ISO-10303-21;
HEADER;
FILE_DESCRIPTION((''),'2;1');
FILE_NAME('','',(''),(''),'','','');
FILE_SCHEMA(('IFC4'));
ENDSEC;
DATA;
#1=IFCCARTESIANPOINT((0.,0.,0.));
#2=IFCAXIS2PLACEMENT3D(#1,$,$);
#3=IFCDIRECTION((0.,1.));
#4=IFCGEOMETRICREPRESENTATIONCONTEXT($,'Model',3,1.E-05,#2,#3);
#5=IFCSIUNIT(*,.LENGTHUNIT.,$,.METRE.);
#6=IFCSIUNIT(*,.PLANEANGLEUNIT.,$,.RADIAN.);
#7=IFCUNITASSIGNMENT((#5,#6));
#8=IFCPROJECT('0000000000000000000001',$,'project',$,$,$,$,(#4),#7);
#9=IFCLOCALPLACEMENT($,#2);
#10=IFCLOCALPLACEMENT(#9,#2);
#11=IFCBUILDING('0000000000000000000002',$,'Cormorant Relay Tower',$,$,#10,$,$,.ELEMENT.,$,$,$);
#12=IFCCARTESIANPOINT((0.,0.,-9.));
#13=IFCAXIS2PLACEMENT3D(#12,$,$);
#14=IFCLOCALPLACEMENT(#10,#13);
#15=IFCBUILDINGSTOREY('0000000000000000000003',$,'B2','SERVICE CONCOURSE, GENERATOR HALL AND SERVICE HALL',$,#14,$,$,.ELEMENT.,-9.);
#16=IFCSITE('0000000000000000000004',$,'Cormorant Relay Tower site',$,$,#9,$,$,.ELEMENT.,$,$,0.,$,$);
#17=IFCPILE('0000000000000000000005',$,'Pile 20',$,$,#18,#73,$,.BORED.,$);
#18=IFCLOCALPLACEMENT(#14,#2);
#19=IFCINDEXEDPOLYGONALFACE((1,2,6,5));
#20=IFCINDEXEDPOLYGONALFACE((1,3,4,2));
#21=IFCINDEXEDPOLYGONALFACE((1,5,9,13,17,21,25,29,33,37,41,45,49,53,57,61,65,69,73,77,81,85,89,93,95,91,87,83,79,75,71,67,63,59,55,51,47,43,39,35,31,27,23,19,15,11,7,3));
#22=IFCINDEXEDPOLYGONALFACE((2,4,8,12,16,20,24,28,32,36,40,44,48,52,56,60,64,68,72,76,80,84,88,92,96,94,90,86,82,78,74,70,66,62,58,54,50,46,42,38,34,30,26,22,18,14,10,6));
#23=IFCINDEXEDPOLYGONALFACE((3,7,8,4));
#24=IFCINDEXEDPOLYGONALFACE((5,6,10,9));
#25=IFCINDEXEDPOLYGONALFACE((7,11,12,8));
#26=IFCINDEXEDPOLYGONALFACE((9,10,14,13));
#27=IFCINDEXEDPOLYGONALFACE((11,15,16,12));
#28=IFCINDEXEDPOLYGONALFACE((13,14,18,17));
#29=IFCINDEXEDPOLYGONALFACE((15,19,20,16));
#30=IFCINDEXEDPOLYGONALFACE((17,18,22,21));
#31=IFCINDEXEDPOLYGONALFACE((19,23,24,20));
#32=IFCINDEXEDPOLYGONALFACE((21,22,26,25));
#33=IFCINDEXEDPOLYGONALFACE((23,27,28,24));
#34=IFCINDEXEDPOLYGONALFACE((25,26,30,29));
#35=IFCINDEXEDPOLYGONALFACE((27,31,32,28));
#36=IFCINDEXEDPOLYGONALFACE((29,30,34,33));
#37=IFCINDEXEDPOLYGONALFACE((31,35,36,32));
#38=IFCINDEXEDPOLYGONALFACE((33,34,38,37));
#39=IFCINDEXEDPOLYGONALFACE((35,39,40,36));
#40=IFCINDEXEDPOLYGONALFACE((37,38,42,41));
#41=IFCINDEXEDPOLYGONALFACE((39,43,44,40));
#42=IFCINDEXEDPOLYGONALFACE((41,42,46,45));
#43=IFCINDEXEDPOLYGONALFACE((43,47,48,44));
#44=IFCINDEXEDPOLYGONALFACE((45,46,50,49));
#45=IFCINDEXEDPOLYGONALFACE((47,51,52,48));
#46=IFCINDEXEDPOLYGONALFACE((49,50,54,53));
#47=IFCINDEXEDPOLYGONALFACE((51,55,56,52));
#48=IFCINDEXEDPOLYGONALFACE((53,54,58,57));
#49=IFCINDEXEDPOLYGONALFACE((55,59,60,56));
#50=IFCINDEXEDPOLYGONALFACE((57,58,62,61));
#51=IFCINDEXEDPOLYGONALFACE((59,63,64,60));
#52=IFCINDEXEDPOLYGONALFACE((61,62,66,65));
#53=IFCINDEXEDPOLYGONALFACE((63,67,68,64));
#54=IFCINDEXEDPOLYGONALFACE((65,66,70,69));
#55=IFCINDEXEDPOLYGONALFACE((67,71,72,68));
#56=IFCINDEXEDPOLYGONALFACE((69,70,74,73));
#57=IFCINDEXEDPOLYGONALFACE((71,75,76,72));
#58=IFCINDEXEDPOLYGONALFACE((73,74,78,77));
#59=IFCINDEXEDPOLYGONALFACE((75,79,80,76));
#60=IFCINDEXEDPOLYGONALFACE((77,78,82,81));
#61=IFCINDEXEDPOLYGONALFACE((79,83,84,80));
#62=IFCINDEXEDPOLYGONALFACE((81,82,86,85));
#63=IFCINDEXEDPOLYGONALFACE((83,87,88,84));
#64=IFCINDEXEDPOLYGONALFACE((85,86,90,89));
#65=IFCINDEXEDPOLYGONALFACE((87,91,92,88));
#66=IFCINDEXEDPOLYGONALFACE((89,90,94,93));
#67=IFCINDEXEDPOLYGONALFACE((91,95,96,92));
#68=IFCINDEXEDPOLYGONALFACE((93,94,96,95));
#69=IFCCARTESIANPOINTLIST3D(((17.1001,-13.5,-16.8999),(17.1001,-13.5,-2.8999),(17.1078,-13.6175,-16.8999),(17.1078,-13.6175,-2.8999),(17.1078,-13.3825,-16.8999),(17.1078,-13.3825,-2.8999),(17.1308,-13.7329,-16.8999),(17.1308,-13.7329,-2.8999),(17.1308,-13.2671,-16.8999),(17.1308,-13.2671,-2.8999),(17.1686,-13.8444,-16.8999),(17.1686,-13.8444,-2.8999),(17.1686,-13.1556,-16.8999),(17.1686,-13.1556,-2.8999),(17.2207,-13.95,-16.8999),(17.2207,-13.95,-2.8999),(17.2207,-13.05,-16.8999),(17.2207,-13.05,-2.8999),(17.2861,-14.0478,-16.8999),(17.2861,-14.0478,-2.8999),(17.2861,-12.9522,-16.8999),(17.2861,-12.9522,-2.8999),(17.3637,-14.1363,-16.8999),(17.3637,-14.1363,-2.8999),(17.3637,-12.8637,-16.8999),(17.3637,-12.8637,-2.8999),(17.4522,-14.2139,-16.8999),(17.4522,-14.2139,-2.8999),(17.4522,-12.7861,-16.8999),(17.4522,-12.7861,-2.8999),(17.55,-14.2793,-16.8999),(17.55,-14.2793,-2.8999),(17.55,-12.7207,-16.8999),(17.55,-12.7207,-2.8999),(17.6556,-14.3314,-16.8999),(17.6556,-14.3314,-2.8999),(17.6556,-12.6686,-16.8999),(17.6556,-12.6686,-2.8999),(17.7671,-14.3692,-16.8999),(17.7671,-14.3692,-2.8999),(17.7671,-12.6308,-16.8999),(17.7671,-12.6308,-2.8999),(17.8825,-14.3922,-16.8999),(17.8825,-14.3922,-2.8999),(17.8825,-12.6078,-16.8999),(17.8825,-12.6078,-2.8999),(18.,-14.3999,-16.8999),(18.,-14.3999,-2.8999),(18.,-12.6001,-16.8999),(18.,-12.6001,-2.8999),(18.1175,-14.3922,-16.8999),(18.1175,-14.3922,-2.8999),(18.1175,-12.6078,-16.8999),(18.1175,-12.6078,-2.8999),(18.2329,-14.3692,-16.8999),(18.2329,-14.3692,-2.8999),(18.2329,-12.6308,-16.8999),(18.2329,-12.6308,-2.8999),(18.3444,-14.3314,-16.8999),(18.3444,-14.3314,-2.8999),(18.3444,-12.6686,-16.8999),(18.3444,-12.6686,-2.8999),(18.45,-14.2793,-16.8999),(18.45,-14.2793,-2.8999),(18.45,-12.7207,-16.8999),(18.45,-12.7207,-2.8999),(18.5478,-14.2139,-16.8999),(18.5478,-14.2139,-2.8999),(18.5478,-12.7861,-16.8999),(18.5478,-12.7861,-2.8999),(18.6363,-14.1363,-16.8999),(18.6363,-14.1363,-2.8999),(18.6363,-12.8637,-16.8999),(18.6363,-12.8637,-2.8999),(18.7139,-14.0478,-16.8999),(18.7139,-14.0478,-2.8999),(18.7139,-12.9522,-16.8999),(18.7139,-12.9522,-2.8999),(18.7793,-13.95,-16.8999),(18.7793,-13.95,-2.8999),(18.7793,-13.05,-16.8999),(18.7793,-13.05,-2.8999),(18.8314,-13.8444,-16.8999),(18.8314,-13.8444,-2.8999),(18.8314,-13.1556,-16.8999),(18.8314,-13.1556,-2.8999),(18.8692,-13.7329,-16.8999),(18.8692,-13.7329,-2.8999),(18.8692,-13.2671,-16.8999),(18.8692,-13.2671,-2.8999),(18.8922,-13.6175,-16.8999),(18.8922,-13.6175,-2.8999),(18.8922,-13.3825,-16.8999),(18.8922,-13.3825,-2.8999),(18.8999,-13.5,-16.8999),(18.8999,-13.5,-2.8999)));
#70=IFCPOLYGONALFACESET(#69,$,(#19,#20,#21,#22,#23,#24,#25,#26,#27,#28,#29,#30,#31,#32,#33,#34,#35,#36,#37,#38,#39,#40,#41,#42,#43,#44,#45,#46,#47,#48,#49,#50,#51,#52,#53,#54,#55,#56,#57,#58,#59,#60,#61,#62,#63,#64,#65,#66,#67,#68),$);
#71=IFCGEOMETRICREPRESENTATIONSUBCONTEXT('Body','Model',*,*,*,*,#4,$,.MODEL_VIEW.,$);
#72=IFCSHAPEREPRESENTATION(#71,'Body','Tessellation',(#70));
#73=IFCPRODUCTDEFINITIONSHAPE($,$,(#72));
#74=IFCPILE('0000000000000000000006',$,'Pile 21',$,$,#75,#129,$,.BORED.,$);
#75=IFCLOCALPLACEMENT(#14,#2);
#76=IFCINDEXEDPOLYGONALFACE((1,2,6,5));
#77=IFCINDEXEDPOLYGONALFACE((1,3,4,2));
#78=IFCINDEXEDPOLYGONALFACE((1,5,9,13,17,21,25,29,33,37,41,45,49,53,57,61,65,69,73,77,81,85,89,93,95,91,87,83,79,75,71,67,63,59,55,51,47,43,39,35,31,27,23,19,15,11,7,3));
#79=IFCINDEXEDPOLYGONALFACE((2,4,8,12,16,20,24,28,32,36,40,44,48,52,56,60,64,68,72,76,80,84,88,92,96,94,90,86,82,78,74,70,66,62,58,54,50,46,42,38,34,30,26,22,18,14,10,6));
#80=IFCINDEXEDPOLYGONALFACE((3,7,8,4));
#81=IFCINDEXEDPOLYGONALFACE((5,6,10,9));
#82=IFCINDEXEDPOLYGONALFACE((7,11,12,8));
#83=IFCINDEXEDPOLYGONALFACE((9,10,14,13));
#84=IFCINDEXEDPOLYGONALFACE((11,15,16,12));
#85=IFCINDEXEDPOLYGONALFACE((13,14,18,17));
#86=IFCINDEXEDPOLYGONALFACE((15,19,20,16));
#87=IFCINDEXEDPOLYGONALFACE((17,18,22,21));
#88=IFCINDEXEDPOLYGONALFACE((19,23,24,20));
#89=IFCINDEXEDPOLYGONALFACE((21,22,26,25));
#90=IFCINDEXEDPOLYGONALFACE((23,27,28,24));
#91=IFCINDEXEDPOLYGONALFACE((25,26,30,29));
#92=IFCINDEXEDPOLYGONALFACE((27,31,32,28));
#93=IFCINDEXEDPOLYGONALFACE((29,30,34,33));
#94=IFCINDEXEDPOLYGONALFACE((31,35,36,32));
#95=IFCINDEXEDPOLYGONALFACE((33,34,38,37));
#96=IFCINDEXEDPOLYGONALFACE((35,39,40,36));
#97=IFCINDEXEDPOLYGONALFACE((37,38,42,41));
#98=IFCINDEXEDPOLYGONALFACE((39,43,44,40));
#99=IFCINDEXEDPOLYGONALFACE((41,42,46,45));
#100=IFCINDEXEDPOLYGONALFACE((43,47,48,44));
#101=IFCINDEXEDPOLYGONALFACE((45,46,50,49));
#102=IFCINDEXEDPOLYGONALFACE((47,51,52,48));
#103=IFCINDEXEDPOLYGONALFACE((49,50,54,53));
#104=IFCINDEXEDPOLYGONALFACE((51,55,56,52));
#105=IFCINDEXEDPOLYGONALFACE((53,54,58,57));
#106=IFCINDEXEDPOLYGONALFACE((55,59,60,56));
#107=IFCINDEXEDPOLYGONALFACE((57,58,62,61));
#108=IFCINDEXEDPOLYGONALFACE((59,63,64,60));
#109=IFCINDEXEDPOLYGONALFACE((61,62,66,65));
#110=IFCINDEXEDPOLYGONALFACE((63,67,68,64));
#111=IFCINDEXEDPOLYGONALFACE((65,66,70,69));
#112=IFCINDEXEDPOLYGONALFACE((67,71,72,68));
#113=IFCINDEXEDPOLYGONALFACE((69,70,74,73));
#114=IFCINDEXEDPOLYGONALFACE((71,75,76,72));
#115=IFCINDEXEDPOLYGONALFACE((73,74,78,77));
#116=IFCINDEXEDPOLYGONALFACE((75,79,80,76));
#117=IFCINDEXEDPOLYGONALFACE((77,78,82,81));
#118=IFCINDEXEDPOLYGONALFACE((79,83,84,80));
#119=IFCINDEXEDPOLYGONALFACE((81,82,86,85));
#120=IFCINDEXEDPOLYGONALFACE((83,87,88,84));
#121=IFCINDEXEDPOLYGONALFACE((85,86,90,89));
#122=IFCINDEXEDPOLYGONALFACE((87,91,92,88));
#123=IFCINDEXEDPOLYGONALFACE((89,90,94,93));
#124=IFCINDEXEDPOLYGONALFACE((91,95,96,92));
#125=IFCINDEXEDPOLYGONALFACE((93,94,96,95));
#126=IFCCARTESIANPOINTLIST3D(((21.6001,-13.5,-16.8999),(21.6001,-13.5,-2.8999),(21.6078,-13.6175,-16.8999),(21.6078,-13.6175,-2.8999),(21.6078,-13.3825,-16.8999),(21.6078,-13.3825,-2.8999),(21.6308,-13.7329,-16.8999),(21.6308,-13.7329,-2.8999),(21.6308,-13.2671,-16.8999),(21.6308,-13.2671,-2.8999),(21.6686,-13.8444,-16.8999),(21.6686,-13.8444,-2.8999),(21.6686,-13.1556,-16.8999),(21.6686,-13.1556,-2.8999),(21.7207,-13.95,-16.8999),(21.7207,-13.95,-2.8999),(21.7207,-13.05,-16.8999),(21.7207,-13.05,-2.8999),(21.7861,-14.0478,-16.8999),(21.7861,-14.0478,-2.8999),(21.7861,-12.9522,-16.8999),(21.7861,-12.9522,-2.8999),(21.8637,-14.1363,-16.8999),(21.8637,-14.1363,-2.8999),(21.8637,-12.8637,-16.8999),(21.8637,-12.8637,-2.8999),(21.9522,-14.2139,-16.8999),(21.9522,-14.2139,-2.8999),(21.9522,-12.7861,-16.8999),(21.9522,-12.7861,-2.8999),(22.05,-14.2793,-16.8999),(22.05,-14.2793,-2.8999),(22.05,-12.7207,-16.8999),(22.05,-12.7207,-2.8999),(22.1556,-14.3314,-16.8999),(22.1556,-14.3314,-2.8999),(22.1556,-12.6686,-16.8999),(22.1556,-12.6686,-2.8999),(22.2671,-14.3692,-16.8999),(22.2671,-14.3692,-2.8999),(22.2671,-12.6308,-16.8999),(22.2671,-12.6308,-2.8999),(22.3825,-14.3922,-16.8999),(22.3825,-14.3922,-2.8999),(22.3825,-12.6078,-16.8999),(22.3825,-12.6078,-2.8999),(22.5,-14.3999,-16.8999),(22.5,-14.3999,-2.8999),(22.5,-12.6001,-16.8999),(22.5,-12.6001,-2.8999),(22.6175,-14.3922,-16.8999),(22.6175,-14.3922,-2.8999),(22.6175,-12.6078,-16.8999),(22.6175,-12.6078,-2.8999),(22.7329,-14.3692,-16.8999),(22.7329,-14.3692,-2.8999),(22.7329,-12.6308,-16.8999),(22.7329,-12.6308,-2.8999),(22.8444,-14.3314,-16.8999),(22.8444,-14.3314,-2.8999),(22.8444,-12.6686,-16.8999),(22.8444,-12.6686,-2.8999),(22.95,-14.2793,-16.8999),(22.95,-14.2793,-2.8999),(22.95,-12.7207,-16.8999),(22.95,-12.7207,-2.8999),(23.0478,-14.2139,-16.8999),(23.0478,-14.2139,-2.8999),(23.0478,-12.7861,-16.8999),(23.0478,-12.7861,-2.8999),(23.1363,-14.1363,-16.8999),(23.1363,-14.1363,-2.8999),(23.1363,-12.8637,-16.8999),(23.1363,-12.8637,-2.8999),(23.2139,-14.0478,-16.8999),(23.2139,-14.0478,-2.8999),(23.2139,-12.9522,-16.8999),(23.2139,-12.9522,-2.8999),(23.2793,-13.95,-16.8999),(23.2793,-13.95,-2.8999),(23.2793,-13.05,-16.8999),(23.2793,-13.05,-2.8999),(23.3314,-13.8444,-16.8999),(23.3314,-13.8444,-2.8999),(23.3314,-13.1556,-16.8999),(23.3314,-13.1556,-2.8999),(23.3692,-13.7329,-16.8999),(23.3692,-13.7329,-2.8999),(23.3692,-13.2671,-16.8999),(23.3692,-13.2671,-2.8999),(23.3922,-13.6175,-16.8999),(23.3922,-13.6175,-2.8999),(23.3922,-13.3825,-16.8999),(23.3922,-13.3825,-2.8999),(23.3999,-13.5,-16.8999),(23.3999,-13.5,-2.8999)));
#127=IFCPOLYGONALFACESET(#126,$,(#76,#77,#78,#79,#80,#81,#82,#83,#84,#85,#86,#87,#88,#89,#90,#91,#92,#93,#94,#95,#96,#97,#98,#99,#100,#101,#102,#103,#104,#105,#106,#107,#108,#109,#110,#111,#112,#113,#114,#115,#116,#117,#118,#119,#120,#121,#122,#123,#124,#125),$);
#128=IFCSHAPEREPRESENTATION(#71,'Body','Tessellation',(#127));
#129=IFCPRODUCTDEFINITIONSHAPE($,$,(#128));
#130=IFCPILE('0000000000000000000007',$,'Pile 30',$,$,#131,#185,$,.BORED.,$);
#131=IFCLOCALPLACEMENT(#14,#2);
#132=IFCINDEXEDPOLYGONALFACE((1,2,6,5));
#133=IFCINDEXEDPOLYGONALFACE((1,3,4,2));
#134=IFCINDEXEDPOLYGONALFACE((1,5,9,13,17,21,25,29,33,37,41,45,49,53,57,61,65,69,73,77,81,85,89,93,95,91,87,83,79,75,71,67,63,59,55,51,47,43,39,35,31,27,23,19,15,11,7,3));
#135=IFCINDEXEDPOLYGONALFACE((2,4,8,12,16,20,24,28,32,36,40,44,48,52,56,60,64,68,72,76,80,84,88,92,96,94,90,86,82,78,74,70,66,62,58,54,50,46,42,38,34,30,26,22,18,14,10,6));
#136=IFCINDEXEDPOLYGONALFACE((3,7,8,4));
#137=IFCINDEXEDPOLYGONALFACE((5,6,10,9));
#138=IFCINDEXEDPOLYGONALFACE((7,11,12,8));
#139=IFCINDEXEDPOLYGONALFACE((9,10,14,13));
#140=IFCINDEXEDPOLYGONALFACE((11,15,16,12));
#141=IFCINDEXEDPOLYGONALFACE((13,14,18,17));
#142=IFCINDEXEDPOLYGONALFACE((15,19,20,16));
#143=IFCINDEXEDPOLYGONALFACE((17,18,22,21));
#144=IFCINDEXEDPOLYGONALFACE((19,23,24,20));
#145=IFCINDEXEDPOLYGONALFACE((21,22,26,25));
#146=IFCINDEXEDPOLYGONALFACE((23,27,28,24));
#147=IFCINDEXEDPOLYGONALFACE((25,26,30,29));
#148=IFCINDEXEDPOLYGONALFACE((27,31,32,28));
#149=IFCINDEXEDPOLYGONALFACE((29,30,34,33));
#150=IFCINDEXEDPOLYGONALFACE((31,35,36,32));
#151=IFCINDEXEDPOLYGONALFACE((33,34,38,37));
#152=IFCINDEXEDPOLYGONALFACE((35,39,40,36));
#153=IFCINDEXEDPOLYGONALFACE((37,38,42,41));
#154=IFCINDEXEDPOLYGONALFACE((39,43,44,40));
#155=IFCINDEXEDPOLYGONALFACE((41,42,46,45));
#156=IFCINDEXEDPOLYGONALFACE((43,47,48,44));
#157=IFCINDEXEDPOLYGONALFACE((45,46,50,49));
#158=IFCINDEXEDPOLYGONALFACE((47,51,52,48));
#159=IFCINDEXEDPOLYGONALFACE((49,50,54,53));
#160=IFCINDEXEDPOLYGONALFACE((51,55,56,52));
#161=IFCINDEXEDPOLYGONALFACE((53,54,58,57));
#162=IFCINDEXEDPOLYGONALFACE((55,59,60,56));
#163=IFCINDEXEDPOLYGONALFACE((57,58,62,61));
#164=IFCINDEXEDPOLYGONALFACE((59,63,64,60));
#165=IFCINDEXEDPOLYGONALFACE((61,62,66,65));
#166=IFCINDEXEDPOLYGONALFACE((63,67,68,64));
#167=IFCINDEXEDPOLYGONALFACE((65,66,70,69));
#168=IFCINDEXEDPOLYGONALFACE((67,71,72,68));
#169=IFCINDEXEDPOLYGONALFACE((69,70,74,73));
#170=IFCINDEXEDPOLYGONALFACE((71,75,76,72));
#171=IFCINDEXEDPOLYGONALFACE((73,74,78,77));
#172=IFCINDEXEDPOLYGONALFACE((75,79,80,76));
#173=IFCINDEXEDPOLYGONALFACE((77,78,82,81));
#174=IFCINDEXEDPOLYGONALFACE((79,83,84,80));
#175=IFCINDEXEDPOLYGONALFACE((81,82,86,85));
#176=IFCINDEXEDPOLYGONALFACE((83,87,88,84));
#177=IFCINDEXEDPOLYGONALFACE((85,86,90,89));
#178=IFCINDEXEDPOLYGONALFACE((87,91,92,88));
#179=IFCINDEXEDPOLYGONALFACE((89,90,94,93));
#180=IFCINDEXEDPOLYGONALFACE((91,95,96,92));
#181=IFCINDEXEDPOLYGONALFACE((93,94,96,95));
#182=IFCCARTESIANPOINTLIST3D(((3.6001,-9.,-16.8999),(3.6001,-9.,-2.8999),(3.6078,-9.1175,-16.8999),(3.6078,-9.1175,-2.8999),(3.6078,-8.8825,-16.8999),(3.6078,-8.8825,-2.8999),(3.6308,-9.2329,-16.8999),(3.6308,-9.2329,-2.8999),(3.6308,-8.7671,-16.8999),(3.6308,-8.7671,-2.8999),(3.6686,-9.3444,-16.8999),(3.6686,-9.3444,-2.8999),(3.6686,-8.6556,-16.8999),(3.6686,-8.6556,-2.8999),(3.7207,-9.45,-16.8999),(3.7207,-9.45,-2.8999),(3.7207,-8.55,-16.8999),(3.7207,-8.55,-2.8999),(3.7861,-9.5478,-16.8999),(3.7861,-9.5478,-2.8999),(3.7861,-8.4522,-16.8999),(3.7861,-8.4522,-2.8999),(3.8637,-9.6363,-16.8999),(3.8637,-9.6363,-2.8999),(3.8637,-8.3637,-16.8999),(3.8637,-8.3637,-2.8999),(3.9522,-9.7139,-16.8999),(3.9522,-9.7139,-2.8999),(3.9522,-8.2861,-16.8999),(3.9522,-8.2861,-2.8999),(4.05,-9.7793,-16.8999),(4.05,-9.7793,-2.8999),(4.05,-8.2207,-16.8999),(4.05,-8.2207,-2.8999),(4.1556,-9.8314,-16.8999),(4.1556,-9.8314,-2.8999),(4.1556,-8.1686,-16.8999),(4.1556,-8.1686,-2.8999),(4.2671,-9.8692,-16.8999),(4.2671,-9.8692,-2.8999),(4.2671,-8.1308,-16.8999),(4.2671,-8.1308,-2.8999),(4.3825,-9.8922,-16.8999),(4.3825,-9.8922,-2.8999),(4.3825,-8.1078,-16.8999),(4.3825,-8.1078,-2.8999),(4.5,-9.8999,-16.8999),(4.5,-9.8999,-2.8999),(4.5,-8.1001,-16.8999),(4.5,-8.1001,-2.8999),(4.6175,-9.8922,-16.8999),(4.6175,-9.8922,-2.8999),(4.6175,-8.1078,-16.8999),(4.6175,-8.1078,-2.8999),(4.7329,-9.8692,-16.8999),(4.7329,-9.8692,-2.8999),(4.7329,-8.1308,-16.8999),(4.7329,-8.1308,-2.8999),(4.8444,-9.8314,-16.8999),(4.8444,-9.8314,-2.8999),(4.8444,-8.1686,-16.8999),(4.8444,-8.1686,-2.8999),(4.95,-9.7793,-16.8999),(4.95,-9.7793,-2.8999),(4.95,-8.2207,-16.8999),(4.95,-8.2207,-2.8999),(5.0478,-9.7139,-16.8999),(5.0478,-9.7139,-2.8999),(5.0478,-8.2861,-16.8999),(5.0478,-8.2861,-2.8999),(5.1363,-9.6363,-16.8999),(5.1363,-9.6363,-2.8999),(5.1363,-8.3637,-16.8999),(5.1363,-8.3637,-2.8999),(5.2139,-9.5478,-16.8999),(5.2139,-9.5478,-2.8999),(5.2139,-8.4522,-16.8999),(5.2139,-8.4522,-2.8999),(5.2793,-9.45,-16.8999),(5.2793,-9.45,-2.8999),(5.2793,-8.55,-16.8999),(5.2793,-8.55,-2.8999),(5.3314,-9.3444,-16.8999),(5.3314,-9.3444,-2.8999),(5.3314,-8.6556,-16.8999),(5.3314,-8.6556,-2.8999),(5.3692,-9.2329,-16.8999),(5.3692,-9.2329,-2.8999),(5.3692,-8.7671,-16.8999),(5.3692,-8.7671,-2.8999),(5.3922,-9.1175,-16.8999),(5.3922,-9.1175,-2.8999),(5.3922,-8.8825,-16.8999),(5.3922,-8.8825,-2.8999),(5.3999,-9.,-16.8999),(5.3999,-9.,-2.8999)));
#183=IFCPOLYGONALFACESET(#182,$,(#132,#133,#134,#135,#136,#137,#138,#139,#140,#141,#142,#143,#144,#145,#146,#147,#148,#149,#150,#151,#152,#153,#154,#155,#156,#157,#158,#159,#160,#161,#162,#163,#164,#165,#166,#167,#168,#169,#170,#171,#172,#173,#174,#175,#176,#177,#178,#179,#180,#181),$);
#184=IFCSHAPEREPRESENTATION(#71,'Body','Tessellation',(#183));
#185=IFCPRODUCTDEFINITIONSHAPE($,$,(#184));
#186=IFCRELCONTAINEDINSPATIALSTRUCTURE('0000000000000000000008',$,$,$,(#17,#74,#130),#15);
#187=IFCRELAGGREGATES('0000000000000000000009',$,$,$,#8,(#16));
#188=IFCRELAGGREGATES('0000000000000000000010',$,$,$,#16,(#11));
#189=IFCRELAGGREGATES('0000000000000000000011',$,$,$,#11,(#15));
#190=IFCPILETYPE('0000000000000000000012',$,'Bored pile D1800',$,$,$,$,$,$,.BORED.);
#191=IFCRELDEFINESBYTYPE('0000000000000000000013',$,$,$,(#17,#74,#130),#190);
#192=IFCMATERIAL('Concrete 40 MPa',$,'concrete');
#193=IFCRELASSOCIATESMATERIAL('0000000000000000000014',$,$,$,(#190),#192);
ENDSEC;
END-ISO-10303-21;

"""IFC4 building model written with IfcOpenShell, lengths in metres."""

from ifc_helpers import new_model, si_unit, direction, frame, origin, origin_2d, place, context, subcontext, project, spatial, circle, extrude, material, material_profile, profile_set, type_object, element, save


model = new_model("IFC4")

# Units and contexts
model_context = context("Model", 3, precision=1e-05, world=origin(), true_north=direction((0.0, 1.0)))
body_context = subcontext(model_context, "Body", "Model", "MODEL_VIEW")
ifc_project = project(units=[si_unit("LENGTHUNIT", "METRE"), si_unit("PLANEANGLEUNIT", "RADIAN")], contexts=[model_context])

# Site, building, storey
site_placement = place(None, origin())
site = spatial("IfcSite", under=ifc_project, at=site_placement, Name="Cormorant Relay Tower site", CompositionType="ELEMENT", RefElevation=0.0)
building_placement = place(site_placement, origin())
building = spatial("IfcBuilding", under=site, at=building_placement, Name="Cormorant Relay Tower", CompositionType="ELEMENT")
storey_placement = place(building_placement, frame((0.0, 0.0, -9.0)))
storey = spatial("IfcBuildingStorey", under=building, at=storey_placement, Name="B2", Description="SERVICE CONCOURSE, GENERATOR HALL AND SERVICE HALL", CompositionType="ELEMENT", Elevation=-9.0)

# Piles
ifc_material_1 = material(Name="Concrete 40 MPa", Category="concrete")
ifc_material_profile_1 = material_profile(ifc_material_1, circle(Radius=0.8999, at=origin_2d()), Name="BP1800")
ifc_profile_set_1 = profile_set([ifc_material_profile_1], Name="Concrete 40 MPa")
pile_type = type_object("IfcPileType", Name="Bored pile D1800", PredefinedType="BORED", material=ifc_profile_set_1)
for number, where, z_axis, x_axis, name in (
    (1, (18.0, -13.5, -2.8999), (0.0, 0.0, -1.0), (1.0, 0.0, 0.0), "Pile 20"),
    (2, (22.5, -13.5, -2.8999), (0.0, 0.0, -1.0), (1.0, 0.0, 0.0), "Pile 21"),
    (3, (4.5, -9.0, -2.8999), (0.0, 0.0, -1.0), (1.0, 0.0, 0.0), "Pile 30"),
):
    element("IfcPile", number, at=place(storey_placement, frame(where, z_axis=z_axis, x_axis=x_axis)), inside=storey, type_object=pile_type, Name=name, PredefinedType="BORED", context=body_context, shape_type="SweptSolid", body=[
        extrude(circle(Radius=0.8999, at=origin_2d()), origin(), (0.0, 0.0, 1.0), 14.0),
    ])

save(model, "model.ifc")
